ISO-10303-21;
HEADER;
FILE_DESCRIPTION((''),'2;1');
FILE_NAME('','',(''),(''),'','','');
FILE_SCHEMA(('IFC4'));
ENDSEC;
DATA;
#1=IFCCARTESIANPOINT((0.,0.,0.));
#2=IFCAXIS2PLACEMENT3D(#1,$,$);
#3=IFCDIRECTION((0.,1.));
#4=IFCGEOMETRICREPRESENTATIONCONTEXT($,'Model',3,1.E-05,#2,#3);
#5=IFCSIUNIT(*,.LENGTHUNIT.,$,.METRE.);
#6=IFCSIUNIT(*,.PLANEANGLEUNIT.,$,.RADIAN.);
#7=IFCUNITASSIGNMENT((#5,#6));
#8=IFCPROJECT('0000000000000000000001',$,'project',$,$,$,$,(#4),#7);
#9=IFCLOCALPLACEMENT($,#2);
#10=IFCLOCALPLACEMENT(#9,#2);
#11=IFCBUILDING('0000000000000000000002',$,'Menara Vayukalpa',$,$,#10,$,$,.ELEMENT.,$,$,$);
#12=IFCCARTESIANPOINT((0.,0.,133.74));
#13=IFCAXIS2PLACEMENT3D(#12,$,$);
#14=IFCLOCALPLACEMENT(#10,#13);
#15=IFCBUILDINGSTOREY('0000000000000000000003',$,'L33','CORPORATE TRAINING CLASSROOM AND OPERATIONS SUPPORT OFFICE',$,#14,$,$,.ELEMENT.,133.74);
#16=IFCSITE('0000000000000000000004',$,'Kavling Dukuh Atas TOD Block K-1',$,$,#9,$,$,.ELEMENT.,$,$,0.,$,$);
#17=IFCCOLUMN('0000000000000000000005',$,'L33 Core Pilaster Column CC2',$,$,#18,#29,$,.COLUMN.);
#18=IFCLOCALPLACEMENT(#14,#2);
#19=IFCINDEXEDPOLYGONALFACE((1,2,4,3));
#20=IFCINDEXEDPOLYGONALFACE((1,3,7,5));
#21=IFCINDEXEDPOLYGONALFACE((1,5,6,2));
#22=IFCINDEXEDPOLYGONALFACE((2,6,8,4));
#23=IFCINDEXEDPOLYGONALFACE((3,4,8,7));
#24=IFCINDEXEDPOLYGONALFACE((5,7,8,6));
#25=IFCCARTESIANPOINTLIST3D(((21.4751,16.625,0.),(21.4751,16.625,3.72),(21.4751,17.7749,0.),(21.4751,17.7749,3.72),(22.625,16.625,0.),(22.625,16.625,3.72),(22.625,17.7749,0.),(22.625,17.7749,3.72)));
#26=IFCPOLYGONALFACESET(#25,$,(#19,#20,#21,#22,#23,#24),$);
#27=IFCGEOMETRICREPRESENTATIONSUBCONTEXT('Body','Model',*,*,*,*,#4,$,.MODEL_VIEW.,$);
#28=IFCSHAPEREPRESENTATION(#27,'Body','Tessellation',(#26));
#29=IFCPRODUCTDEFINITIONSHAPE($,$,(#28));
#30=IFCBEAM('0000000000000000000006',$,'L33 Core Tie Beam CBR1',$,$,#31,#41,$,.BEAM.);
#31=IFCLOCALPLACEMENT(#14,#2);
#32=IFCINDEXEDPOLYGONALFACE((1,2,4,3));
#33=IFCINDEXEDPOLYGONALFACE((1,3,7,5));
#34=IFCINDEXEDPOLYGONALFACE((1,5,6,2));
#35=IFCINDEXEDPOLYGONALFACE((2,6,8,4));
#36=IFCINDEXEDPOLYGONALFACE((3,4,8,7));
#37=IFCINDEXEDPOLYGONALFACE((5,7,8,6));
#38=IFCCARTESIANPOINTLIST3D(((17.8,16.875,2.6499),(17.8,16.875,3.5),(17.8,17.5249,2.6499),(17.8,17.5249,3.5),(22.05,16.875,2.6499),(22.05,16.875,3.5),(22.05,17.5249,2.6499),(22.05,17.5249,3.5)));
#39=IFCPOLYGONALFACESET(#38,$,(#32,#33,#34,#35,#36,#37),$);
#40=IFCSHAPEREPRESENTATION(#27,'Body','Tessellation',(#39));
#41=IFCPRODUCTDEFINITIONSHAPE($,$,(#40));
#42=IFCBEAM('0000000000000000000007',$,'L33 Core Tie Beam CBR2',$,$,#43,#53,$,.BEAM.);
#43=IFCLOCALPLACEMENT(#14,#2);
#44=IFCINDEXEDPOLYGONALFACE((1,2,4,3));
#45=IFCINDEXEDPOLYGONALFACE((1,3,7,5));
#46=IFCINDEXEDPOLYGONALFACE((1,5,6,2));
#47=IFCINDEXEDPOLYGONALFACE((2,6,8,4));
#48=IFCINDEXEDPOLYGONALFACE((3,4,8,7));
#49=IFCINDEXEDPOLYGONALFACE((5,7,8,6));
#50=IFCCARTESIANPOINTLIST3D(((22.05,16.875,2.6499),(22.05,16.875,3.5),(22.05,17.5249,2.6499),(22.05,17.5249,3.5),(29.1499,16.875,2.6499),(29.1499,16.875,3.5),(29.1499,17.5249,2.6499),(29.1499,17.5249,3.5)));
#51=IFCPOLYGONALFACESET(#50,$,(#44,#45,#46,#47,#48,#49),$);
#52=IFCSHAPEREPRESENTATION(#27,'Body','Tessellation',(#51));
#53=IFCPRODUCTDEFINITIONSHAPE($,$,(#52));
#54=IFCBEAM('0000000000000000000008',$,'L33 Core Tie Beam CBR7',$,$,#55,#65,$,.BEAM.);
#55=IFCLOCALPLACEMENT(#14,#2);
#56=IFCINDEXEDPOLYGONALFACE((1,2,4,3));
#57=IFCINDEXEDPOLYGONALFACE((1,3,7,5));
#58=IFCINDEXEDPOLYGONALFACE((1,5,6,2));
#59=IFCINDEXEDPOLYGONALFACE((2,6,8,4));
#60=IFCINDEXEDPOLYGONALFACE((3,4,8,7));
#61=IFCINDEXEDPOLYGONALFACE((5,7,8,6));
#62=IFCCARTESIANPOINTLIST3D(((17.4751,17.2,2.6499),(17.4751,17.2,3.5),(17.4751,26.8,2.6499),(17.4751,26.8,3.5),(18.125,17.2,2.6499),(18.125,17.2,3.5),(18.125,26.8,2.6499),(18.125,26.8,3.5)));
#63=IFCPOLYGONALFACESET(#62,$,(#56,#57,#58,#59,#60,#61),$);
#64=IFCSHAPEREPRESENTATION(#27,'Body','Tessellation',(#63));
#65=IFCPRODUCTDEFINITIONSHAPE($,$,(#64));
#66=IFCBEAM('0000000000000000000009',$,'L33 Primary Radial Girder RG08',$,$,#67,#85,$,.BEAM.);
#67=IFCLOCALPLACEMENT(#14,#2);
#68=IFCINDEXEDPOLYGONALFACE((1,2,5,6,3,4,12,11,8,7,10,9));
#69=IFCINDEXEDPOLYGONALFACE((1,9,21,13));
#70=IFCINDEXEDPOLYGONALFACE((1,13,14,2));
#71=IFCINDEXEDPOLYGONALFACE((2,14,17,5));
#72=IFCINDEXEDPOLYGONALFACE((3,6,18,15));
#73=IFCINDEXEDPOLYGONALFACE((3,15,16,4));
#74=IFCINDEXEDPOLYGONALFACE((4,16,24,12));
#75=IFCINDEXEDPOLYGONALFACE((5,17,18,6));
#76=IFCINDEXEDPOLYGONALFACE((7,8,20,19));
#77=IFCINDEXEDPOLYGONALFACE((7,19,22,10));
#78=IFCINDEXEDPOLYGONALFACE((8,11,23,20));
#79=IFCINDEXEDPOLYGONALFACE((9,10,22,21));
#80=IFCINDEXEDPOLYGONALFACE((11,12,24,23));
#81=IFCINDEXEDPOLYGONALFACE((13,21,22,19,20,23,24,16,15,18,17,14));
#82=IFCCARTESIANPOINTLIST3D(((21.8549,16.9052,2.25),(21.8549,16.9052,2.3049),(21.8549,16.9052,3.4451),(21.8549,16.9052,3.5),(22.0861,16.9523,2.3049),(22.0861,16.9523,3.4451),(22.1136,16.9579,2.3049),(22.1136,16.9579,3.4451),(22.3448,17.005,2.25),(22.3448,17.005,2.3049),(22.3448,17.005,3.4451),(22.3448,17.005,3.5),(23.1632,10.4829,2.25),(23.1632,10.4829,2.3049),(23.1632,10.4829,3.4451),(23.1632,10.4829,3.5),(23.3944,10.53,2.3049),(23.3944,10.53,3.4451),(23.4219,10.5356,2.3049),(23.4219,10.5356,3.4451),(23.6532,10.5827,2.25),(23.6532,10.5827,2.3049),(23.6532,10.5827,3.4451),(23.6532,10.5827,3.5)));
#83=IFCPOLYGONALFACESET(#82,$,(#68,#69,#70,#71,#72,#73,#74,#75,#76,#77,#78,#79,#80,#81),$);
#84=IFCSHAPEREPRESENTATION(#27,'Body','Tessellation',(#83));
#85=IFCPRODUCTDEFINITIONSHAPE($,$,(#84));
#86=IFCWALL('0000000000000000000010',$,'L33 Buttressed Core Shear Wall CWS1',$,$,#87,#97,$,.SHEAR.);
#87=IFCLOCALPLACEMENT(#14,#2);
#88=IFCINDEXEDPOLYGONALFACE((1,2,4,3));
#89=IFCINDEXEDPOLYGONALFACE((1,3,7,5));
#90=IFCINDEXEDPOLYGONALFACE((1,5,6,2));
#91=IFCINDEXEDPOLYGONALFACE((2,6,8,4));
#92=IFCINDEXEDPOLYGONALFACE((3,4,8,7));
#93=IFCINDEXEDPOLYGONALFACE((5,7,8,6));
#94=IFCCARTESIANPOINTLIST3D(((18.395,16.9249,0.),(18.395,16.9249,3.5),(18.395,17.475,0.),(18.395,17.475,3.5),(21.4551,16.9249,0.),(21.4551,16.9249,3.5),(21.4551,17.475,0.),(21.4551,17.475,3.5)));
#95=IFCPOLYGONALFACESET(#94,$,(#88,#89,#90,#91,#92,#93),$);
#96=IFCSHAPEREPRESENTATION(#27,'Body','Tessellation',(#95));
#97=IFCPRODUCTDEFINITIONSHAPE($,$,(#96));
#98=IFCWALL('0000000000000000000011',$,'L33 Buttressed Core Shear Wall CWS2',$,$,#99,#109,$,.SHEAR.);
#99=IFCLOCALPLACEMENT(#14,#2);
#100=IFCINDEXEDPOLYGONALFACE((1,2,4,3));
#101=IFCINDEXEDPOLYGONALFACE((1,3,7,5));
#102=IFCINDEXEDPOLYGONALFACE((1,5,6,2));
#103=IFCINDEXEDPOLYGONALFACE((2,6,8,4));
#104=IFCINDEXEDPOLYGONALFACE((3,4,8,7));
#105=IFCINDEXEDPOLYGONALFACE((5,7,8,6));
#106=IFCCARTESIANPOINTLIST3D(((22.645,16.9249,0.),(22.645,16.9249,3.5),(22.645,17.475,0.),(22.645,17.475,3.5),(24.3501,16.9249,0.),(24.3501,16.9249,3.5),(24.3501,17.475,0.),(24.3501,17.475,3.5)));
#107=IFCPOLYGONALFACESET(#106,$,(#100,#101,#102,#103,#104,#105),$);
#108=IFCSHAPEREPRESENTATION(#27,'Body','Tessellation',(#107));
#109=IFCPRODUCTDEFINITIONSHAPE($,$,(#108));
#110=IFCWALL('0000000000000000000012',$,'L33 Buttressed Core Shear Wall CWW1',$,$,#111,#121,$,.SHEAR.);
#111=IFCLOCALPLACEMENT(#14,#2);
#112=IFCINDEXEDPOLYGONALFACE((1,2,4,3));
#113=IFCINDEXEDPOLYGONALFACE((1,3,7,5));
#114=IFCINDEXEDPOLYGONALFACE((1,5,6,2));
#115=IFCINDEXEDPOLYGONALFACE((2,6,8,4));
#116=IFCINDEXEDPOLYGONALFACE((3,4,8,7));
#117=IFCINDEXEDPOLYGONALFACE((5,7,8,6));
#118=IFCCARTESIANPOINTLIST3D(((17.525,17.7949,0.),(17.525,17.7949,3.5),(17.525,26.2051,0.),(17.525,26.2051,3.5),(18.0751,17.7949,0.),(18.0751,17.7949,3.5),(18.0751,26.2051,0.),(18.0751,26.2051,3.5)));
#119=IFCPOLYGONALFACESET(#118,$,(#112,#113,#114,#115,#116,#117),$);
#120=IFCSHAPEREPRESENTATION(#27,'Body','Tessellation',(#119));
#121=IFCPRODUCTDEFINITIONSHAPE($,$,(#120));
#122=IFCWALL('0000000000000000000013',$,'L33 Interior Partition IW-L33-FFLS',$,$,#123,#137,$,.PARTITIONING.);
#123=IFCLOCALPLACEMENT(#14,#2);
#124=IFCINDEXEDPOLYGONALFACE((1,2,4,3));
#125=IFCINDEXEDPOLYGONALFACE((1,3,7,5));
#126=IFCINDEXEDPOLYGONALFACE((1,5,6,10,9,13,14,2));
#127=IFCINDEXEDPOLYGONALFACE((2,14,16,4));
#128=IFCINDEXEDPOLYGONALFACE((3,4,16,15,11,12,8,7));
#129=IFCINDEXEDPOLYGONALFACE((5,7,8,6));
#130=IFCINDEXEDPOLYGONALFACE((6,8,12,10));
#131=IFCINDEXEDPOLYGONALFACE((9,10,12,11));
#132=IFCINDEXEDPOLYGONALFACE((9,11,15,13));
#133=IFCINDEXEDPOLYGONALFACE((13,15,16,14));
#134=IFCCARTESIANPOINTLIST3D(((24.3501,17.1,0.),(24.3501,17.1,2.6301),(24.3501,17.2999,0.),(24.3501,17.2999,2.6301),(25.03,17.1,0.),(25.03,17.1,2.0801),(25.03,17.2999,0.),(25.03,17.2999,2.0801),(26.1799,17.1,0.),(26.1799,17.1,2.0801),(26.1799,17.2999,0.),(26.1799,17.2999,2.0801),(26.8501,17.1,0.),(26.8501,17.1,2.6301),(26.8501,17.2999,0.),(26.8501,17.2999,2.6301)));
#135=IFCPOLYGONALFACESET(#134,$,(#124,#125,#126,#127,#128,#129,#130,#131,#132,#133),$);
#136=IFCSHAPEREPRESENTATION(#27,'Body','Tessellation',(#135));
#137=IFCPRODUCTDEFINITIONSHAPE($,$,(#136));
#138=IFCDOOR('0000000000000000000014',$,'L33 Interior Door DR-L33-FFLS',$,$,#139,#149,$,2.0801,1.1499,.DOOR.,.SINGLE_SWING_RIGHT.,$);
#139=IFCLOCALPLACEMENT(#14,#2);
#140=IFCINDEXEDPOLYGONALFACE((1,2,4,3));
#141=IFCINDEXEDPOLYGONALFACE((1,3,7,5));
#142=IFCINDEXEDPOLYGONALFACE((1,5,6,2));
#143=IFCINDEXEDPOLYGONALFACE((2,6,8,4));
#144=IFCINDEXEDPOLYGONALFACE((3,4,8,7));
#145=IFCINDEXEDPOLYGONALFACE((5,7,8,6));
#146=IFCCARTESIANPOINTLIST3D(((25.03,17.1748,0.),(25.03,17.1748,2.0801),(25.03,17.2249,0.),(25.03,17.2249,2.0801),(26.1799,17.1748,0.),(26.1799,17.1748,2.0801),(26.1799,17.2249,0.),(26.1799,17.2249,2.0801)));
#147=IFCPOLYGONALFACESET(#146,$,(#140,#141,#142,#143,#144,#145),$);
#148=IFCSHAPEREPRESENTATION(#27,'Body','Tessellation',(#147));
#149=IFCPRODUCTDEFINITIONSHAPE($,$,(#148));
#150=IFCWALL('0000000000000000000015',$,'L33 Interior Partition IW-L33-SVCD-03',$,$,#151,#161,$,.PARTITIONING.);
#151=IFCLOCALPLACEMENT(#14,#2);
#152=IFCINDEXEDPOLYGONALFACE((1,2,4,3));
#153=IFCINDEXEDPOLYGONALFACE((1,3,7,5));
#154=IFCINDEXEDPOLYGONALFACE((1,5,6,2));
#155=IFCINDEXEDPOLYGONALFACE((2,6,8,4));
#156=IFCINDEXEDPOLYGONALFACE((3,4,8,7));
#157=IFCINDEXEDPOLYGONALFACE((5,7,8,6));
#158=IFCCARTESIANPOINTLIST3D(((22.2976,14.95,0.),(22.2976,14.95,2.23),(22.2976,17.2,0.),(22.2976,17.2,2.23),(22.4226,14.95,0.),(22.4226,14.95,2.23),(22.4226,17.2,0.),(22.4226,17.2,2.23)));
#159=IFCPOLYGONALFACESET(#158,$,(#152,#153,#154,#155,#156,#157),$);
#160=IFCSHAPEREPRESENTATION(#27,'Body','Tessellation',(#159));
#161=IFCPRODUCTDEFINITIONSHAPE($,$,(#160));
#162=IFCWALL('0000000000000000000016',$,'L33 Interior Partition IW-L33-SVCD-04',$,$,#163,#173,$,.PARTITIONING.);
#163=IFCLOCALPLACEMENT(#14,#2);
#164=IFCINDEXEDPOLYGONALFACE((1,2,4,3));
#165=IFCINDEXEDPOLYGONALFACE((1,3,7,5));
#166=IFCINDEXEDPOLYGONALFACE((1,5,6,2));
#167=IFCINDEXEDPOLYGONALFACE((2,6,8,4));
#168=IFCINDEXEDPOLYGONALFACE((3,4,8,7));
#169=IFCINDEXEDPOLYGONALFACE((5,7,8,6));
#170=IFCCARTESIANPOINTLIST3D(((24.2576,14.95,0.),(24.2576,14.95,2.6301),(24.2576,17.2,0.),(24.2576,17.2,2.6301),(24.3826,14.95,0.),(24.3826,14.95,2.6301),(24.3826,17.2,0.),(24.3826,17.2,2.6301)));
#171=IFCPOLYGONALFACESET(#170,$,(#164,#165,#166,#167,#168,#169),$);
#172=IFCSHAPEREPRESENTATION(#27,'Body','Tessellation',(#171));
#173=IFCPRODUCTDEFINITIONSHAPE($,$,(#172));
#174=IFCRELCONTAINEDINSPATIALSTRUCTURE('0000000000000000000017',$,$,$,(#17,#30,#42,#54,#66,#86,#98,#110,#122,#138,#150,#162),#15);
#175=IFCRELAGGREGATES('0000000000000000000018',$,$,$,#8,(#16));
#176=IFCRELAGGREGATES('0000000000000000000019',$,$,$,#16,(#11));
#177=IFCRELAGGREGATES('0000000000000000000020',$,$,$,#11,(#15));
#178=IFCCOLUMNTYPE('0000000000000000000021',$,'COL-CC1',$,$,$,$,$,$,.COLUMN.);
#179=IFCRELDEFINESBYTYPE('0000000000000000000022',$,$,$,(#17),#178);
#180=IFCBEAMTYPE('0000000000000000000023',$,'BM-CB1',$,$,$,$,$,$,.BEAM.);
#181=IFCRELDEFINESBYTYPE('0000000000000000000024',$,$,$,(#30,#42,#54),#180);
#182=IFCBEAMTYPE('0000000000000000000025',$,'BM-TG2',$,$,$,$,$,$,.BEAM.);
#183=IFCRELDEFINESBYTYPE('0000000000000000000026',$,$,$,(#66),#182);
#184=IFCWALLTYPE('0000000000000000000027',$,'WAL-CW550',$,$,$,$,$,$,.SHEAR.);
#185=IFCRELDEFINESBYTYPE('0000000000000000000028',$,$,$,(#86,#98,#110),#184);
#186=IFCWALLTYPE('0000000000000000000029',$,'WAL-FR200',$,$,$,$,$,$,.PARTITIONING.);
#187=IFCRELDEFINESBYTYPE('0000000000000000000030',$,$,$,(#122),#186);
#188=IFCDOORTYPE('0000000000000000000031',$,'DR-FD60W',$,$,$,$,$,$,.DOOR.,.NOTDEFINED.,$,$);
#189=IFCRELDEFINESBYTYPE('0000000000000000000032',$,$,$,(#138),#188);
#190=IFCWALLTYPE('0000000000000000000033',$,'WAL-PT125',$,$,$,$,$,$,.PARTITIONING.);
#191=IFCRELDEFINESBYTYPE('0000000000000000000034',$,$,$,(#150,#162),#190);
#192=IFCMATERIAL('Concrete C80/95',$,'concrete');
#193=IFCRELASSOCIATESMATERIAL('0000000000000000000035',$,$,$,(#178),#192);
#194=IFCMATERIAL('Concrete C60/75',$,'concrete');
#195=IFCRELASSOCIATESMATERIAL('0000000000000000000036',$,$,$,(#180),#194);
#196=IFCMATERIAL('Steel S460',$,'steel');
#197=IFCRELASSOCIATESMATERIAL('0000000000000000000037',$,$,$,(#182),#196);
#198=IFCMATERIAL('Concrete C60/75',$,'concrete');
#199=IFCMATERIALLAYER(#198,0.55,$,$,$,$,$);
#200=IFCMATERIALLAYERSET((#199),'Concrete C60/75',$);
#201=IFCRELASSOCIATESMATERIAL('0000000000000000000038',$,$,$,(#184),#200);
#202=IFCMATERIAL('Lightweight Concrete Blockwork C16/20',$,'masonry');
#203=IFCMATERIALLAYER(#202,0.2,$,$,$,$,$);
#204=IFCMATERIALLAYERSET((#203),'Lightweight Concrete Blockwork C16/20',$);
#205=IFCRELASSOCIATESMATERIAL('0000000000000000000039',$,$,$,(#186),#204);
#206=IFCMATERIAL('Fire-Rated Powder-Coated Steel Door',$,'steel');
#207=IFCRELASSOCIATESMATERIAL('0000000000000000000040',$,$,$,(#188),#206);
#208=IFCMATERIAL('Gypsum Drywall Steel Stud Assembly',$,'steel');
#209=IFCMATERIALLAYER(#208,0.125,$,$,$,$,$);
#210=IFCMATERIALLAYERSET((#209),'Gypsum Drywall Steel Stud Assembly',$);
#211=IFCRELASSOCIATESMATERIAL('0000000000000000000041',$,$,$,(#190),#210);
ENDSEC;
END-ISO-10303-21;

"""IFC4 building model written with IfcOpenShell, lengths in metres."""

from ifc_helpers import new_model, si_unit, direction, frame, frame_2d, origin, origin_2d, place, context, subcontext, project, spatial, rectangle, i_section, extrude, material, layer, layer_set, material_profile, profile_set, type_object, element, fill, save


model = new_model("IFC4")

# Units and contexts
model_context = context("Model", 3, precision=1e-05, world=origin(), true_north=direction((0.0, 1.0)))
body_context = subcontext(model_context, "Body", "Model", "MODEL_VIEW")
ifc_project = project(units=[si_unit("LENGTHUNIT", "METRE"), si_unit("PLANEANGLEUNIT", "RADIAN")], contexts=[model_context])

# Site, building, storey
site_placement = place(None, origin())
site = spatial("IfcSite", under=ifc_project, at=site_placement, Name="Kavling Dukuh Atas TOD Block K-1", CompositionType="ELEMENT", RefElevation=0.0)
building_placement = place(site_placement, origin())
building = spatial("IfcBuilding", under=site, at=building_placement, Name="Menara Vayukalpa", CompositionType="ELEMENT")
storey_placement = place(building_placement, frame((0.0, 0.0, 133.74)))
storey = spatial("IfcBuildingStorey", under=building, at=storey_placement, Name="L33", Description="CORPORATE TRAINING CLASSROOM AND OPERATIONS SUPPORT OFFICE", CompositionType="ELEMENT", Elevation=133.74)

# Column
ifc_material_1 = material(Name="Concrete C80/95", Category="concrete")
ifc_material_profile_1 = material_profile(ifc_material_1, rectangle(XDim=1.1499, YDim=1.1499, at=origin_2d()), Name="RC 1150x1150")
ifc_profile_set_1 = profile_set([ifc_material_profile_1], Name="Concrete C80/95")
column_type = type_object("IfcColumnType", Name="COL-CC1", PredefinedType="COLUMN", material=ifc_profile_set_1)
column_placement = place(storey_placement, frame((22.05, 17.2, 0.0), z_axis=(0.0, 0.0, 1.0), x_axis=(1.0, 0.0, 0.0)))
element("IfcColumn", 1, at=column_placement, inside=storey, type_object=column_type, Name="L33 Core Pilaster Column CC2", PredefinedType="COLUMN", context=body_context, shape_type="SweptSolid", body=[
    extrude(rectangle(XDim=1.1499, YDim=1.1499, at=origin_2d()), origin(), (0.0, 0.0, 1.0), 3.72),
])

# Beams
ifc_material_2 = material(Name="Concrete C60/75", Category="concrete")
ifc_material_profile_2 = material_profile(ifc_material_2, rectangle(XDim=0.6499, YDim=0.8501, at=origin_2d()), Name="RC 650x850")
ifc_profile_set_2 = profile_set([ifc_material_profile_2], Name="Concrete C60/75")
beam_type_1 = type_object("IfcBeamType", Name="BM-CB1", PredefinedType="BEAM", material=ifc_profile_set_2)
beam_1_placement = place(storey_placement, frame((17.8, 17.2, 3.075), z_axis=(1.0, 0.0, 0.0), x_axis=(0.0, 1.0, 0.0)))
element("IfcBeam", 2, at=beam_1_placement, inside=storey, type_object=beam_type_1, Name="L33 Core Tie Beam CBR1", PredefinedType="BEAM", context=body_context, shape_type="SweptSolid", body=[
    extrude(rectangle(XDim=0.6499, YDim=0.8501, at=origin_2d()), origin(), (0.0, 0.0, 1.0), 4.25),
])
beam_2_placement = place(storey_placement, frame((22.05, 17.2, 3.075), z_axis=(1.0, 0.0, 0.0), x_axis=(0.0, 1.0, 0.0)))
element("IfcBeam", 3, at=beam_2_placement, inside=storey, type_object=beam_type_1, Name="L33 Core Tie Beam CBR2", PredefinedType="BEAM", context=body_context, shape_type="SweptSolid", body=[
    extrude(rectangle(XDim=0.6499, YDim=0.8501, at=origin_2d()), origin(), (0.0, 0.0, 1.0), 7.0999),
])
beam_3_placement = place(storey_placement, frame((17.8, 17.2, 3.075), z_axis=(0.0, 1.0, 0.0), x_axis=(-1.0, 0.0, 0.0)))
element("IfcBeam", 4, at=beam_3_placement, inside=storey, type_object=beam_type_1, Name="L33 Core Tie Beam CBR7", PredefinedType="BEAM", context=body_context, shape_type="SweptSolid", body=[
    extrude(rectangle(XDim=0.6499, YDim=0.8501, at=origin_2d()), origin(), (0.0, 0.0, 1.0), 9.6001),
])
ifc_material_3 = material(Name="Steel S460", Category="steel")
ifc_material_profile_3 = material_profile(ifc_material_3, i_section(OverallWidth=0.5, OverallDepth=1.25, WebThickness=0.0281, FlangeThickness=0.0549, at=origin_2d()), Name="WG 1250x500x28x55")
ifc_profile_set_3 = profile_set([ifc_material_profile_3], Name="Steel S460")
beam_type_2 = type_object("IfcBeamType", Name="BM-TG2", PredefinedType="BEAM", material=ifc_profile_set_3)
beam_4_placement = place(storey_placement, frame((22.0999, 16.9551, 2.875), z_axis=(0.199618, -0.979874, 0.0), x_axis=(0.979874, 0.199618, 0.0)))
element("IfcBeam", 5, at=beam_4_placement, inside=storey, type_object=beam_type_2, Name="L33 Primary Radial Girder RG08", PredefinedType="BEAM", context=body_context, shape_type="SweptSolid", body=[
    extrude(i_section(OverallWidth=0.5, OverallDepth=1.25, WebThickness=0.0281, FlangeThickness=0.0549, at=origin_2d()), origin(), (0.0, 0.0, 1.0), 6.5542),
])

# Walls
ifc_material_4 = material(Name="Concrete C60/75", Category="concrete")
ifc_layer_1 = layer(ifc_material_4, 0.55)
ifc_layer_set_1 = layer_set([ifc_layer_1], Name="Concrete C60/75")
wall_type_1 = type_object("IfcWallType", Name="WAL-CW550", PredefinedType="SHEAR", material=ifc_layer_set_1)
wall_1_placement = place(storey_placement, frame((18.395, 17.2, 0.0), z_axis=(0.0, 0.0, 1.0), x_axis=(1.0, 0.0, 0.0)))
element("IfcWall", 6, at=wall_1_placement, inside=storey, type_object=wall_type_1, Name="L33 Buttressed Core Shear Wall CWS1", PredefinedType="SHEAR", context=body_context, shape_type="SweptSolid", body=[
    extrude(rectangle(XDim=3.0601, YDim=0.55, at=frame_2d((1.53, 0.0))), origin(), (0.0, 0.0, 1.0), 3.5),
])
wall_2_placement = place(storey_placement, frame((22.645, 17.2, 0.0), z_axis=(0.0, 0.0, 1.0), x_axis=(1.0, 0.0, 0.0)))
element("IfcWall", 7, at=wall_2_placement, inside=storey, type_object=wall_type_1, Name="L33 Buttressed Core Shear Wall CWS2", PredefinedType="SHEAR", context=body_context, shape_type="SweptSolid", body=[
    extrude(rectangle(XDim=1.7051, YDim=0.55, at=frame_2d((0.8525, 0.0))), origin(), (0.0, 0.0, 1.0), 3.5),
])
wall_3_placement = place(storey_placement, frame((17.8, 17.7949, 0.0), z_axis=(0.0, 0.0, 1.0), x_axis=(0.0, 1.0, 0.0)))
element("IfcWall", 8, at=wall_3_placement, inside=storey, type_object=wall_type_1, Name="L33 Buttressed Core Shear Wall CWW1", PredefinedType="SHEAR", context=body_context, shape_type="SweptSolid", body=[
    extrude(rectangle(XDim=8.4102, YDim=0.55, at=frame_2d((4.2051, 0.0))), origin(), (0.0, 0.0, 1.0), 3.5),
])

# Wall, opening, door
ifc_material_5 = material(Name="Lightweight Concrete Blockwork C16/20", Category="masonry")
ifc_layer_2 = layer(ifc_material_5, 0.2)
ifc_layer_set_2 = layer_set([ifc_layer_2], Name="Lightweight Concrete Blockwork C16/20")
wall_type_2 = type_object("IfcWallType", Name="WAL-FR200", PredefinedType="PARTITIONING", material=ifc_layer_set_2)
wall_4_placement = place(storey_placement, frame((24.3501, 17.2, 0.0), z_axis=(0.0, 0.0, 1.0), x_axis=(1.0, 0.0, 0.0)))
wall_4 = element("IfcWall", 9, at=wall_4_placement, inside=storey, type_object=wall_type_2, Name="L33 Interior Partition IW-L33-FFLS", PredefinedType="PARTITIONING", context=body_context, shape_type="SweptSolid", body=[
    extrude(rectangle(XDim=2.5, YDim=0.2, at=frame_2d((1.25, 0.0))), origin(), (0.0, 0.0, 1.0), 2.6301),
])
opening_1_placement = place(wall_4_placement, frame((0.6799, 0.0, 0.0)))
opening_1 = element("IfcOpeningElement", 10, at=opening_1_placement, cuts=wall_4, PredefinedType="OPENING", context=body_context, shape_type="SweptSolid", body=[
    extrude(rectangle(XDim=1.1499, YDim=2.0801, at=frame_2d((0.575, 1.04))), frame((0.0, 0.1099, 0.0), z_axis=(0.0, -1.0, 0.0), x_axis=(1.0, 0.0, 0.0)), (0.0, 0.0, 1.0), 0.22),
])
ifc_material_6 = material(Name="Fire-Rated Powder-Coated Steel Door", Category="steel")
door_type_1 = type_object("IfcDoorType", Name="DR-FD60W", OperationType="NOTDEFINED", PredefinedType="DOOR", material=ifc_material_6)
door_1_placement = place(opening_1_placement, origin())
door_1 = element("IfcDoor", 11, at=door_1_placement, inside=storey, type_object=door_type_1, Name="L33 Interior Door DR-L33-FFLS", OperationType="SINGLE_SWING_RIGHT", OverallHeight=2.0801, OverallWidth=1.1499, PredefinedType="DOOR", context=body_context, shape_type="SweptSolid", body=[
    extrude(rectangle(XDim=1.1499, YDim=2.0801, at=frame_2d((0.575, 1.04))), frame((0.0, 0.0249, 0.0), z_axis=(0.0, -1.0, 0.0), x_axis=(1.0, 0.0, 0.0)), (0.0, 0.0, 1.0), 0.05),
])
fill(opening_1, door_1)

# Walls
ifc_material_7 = material(Name="Gypsum Drywall Steel Stud Assembly", Category="steel")
ifc_layer_3 = layer(ifc_material_7, 0.125)
ifc_layer_set_3 = layer_set([ifc_layer_3], Name="Gypsum Drywall Steel Stud Assembly")
wall_type_3 = type_object("IfcWallType", Name="WAL-PT125", PredefinedType="PARTITIONING", material=ifc_layer_set_3)
wall_5_placement = place(storey_placement, frame((22.3601, 14.95, 0.0), z_axis=(0.0, 0.0, 1.0), x_axis=(0.0, 1.0, 0.0)))
element("IfcWall", 12, at=wall_5_placement, inside=storey, type_object=wall_type_3, Name="L33 Interior Partition IW-L33-SVCD-03", PredefinedType="PARTITIONING", context=body_context, shape_type="SweptSolid", body=[
    extrude(rectangle(XDim=2.25, YDim=0.125, at=frame_2d((1.125, 0.0))), origin(), (0.0, 0.0, 1.0), 2.23),
])
wall_6_placement = place(storey_placement, frame((24.3201, 14.95, 0.0), z_axis=(0.0, 0.0, 1.0), x_axis=(0.0, 1.0, 0.0)))
element("IfcWall", 13, at=wall_6_placement, inside=storey, type_object=wall_type_3, Name="L33 Interior Partition IW-L33-SVCD-04", PredefinedType="PARTITIONING", context=body_context, shape_type="SweptSolid", body=[
    extrude(rectangle(XDim=2.25, YDim=0.125, at=frame_2d((1.125, 0.0))), origin(), (0.0, 0.0, 1.0), 2.6301),
])

save(model, "model.ifc")
